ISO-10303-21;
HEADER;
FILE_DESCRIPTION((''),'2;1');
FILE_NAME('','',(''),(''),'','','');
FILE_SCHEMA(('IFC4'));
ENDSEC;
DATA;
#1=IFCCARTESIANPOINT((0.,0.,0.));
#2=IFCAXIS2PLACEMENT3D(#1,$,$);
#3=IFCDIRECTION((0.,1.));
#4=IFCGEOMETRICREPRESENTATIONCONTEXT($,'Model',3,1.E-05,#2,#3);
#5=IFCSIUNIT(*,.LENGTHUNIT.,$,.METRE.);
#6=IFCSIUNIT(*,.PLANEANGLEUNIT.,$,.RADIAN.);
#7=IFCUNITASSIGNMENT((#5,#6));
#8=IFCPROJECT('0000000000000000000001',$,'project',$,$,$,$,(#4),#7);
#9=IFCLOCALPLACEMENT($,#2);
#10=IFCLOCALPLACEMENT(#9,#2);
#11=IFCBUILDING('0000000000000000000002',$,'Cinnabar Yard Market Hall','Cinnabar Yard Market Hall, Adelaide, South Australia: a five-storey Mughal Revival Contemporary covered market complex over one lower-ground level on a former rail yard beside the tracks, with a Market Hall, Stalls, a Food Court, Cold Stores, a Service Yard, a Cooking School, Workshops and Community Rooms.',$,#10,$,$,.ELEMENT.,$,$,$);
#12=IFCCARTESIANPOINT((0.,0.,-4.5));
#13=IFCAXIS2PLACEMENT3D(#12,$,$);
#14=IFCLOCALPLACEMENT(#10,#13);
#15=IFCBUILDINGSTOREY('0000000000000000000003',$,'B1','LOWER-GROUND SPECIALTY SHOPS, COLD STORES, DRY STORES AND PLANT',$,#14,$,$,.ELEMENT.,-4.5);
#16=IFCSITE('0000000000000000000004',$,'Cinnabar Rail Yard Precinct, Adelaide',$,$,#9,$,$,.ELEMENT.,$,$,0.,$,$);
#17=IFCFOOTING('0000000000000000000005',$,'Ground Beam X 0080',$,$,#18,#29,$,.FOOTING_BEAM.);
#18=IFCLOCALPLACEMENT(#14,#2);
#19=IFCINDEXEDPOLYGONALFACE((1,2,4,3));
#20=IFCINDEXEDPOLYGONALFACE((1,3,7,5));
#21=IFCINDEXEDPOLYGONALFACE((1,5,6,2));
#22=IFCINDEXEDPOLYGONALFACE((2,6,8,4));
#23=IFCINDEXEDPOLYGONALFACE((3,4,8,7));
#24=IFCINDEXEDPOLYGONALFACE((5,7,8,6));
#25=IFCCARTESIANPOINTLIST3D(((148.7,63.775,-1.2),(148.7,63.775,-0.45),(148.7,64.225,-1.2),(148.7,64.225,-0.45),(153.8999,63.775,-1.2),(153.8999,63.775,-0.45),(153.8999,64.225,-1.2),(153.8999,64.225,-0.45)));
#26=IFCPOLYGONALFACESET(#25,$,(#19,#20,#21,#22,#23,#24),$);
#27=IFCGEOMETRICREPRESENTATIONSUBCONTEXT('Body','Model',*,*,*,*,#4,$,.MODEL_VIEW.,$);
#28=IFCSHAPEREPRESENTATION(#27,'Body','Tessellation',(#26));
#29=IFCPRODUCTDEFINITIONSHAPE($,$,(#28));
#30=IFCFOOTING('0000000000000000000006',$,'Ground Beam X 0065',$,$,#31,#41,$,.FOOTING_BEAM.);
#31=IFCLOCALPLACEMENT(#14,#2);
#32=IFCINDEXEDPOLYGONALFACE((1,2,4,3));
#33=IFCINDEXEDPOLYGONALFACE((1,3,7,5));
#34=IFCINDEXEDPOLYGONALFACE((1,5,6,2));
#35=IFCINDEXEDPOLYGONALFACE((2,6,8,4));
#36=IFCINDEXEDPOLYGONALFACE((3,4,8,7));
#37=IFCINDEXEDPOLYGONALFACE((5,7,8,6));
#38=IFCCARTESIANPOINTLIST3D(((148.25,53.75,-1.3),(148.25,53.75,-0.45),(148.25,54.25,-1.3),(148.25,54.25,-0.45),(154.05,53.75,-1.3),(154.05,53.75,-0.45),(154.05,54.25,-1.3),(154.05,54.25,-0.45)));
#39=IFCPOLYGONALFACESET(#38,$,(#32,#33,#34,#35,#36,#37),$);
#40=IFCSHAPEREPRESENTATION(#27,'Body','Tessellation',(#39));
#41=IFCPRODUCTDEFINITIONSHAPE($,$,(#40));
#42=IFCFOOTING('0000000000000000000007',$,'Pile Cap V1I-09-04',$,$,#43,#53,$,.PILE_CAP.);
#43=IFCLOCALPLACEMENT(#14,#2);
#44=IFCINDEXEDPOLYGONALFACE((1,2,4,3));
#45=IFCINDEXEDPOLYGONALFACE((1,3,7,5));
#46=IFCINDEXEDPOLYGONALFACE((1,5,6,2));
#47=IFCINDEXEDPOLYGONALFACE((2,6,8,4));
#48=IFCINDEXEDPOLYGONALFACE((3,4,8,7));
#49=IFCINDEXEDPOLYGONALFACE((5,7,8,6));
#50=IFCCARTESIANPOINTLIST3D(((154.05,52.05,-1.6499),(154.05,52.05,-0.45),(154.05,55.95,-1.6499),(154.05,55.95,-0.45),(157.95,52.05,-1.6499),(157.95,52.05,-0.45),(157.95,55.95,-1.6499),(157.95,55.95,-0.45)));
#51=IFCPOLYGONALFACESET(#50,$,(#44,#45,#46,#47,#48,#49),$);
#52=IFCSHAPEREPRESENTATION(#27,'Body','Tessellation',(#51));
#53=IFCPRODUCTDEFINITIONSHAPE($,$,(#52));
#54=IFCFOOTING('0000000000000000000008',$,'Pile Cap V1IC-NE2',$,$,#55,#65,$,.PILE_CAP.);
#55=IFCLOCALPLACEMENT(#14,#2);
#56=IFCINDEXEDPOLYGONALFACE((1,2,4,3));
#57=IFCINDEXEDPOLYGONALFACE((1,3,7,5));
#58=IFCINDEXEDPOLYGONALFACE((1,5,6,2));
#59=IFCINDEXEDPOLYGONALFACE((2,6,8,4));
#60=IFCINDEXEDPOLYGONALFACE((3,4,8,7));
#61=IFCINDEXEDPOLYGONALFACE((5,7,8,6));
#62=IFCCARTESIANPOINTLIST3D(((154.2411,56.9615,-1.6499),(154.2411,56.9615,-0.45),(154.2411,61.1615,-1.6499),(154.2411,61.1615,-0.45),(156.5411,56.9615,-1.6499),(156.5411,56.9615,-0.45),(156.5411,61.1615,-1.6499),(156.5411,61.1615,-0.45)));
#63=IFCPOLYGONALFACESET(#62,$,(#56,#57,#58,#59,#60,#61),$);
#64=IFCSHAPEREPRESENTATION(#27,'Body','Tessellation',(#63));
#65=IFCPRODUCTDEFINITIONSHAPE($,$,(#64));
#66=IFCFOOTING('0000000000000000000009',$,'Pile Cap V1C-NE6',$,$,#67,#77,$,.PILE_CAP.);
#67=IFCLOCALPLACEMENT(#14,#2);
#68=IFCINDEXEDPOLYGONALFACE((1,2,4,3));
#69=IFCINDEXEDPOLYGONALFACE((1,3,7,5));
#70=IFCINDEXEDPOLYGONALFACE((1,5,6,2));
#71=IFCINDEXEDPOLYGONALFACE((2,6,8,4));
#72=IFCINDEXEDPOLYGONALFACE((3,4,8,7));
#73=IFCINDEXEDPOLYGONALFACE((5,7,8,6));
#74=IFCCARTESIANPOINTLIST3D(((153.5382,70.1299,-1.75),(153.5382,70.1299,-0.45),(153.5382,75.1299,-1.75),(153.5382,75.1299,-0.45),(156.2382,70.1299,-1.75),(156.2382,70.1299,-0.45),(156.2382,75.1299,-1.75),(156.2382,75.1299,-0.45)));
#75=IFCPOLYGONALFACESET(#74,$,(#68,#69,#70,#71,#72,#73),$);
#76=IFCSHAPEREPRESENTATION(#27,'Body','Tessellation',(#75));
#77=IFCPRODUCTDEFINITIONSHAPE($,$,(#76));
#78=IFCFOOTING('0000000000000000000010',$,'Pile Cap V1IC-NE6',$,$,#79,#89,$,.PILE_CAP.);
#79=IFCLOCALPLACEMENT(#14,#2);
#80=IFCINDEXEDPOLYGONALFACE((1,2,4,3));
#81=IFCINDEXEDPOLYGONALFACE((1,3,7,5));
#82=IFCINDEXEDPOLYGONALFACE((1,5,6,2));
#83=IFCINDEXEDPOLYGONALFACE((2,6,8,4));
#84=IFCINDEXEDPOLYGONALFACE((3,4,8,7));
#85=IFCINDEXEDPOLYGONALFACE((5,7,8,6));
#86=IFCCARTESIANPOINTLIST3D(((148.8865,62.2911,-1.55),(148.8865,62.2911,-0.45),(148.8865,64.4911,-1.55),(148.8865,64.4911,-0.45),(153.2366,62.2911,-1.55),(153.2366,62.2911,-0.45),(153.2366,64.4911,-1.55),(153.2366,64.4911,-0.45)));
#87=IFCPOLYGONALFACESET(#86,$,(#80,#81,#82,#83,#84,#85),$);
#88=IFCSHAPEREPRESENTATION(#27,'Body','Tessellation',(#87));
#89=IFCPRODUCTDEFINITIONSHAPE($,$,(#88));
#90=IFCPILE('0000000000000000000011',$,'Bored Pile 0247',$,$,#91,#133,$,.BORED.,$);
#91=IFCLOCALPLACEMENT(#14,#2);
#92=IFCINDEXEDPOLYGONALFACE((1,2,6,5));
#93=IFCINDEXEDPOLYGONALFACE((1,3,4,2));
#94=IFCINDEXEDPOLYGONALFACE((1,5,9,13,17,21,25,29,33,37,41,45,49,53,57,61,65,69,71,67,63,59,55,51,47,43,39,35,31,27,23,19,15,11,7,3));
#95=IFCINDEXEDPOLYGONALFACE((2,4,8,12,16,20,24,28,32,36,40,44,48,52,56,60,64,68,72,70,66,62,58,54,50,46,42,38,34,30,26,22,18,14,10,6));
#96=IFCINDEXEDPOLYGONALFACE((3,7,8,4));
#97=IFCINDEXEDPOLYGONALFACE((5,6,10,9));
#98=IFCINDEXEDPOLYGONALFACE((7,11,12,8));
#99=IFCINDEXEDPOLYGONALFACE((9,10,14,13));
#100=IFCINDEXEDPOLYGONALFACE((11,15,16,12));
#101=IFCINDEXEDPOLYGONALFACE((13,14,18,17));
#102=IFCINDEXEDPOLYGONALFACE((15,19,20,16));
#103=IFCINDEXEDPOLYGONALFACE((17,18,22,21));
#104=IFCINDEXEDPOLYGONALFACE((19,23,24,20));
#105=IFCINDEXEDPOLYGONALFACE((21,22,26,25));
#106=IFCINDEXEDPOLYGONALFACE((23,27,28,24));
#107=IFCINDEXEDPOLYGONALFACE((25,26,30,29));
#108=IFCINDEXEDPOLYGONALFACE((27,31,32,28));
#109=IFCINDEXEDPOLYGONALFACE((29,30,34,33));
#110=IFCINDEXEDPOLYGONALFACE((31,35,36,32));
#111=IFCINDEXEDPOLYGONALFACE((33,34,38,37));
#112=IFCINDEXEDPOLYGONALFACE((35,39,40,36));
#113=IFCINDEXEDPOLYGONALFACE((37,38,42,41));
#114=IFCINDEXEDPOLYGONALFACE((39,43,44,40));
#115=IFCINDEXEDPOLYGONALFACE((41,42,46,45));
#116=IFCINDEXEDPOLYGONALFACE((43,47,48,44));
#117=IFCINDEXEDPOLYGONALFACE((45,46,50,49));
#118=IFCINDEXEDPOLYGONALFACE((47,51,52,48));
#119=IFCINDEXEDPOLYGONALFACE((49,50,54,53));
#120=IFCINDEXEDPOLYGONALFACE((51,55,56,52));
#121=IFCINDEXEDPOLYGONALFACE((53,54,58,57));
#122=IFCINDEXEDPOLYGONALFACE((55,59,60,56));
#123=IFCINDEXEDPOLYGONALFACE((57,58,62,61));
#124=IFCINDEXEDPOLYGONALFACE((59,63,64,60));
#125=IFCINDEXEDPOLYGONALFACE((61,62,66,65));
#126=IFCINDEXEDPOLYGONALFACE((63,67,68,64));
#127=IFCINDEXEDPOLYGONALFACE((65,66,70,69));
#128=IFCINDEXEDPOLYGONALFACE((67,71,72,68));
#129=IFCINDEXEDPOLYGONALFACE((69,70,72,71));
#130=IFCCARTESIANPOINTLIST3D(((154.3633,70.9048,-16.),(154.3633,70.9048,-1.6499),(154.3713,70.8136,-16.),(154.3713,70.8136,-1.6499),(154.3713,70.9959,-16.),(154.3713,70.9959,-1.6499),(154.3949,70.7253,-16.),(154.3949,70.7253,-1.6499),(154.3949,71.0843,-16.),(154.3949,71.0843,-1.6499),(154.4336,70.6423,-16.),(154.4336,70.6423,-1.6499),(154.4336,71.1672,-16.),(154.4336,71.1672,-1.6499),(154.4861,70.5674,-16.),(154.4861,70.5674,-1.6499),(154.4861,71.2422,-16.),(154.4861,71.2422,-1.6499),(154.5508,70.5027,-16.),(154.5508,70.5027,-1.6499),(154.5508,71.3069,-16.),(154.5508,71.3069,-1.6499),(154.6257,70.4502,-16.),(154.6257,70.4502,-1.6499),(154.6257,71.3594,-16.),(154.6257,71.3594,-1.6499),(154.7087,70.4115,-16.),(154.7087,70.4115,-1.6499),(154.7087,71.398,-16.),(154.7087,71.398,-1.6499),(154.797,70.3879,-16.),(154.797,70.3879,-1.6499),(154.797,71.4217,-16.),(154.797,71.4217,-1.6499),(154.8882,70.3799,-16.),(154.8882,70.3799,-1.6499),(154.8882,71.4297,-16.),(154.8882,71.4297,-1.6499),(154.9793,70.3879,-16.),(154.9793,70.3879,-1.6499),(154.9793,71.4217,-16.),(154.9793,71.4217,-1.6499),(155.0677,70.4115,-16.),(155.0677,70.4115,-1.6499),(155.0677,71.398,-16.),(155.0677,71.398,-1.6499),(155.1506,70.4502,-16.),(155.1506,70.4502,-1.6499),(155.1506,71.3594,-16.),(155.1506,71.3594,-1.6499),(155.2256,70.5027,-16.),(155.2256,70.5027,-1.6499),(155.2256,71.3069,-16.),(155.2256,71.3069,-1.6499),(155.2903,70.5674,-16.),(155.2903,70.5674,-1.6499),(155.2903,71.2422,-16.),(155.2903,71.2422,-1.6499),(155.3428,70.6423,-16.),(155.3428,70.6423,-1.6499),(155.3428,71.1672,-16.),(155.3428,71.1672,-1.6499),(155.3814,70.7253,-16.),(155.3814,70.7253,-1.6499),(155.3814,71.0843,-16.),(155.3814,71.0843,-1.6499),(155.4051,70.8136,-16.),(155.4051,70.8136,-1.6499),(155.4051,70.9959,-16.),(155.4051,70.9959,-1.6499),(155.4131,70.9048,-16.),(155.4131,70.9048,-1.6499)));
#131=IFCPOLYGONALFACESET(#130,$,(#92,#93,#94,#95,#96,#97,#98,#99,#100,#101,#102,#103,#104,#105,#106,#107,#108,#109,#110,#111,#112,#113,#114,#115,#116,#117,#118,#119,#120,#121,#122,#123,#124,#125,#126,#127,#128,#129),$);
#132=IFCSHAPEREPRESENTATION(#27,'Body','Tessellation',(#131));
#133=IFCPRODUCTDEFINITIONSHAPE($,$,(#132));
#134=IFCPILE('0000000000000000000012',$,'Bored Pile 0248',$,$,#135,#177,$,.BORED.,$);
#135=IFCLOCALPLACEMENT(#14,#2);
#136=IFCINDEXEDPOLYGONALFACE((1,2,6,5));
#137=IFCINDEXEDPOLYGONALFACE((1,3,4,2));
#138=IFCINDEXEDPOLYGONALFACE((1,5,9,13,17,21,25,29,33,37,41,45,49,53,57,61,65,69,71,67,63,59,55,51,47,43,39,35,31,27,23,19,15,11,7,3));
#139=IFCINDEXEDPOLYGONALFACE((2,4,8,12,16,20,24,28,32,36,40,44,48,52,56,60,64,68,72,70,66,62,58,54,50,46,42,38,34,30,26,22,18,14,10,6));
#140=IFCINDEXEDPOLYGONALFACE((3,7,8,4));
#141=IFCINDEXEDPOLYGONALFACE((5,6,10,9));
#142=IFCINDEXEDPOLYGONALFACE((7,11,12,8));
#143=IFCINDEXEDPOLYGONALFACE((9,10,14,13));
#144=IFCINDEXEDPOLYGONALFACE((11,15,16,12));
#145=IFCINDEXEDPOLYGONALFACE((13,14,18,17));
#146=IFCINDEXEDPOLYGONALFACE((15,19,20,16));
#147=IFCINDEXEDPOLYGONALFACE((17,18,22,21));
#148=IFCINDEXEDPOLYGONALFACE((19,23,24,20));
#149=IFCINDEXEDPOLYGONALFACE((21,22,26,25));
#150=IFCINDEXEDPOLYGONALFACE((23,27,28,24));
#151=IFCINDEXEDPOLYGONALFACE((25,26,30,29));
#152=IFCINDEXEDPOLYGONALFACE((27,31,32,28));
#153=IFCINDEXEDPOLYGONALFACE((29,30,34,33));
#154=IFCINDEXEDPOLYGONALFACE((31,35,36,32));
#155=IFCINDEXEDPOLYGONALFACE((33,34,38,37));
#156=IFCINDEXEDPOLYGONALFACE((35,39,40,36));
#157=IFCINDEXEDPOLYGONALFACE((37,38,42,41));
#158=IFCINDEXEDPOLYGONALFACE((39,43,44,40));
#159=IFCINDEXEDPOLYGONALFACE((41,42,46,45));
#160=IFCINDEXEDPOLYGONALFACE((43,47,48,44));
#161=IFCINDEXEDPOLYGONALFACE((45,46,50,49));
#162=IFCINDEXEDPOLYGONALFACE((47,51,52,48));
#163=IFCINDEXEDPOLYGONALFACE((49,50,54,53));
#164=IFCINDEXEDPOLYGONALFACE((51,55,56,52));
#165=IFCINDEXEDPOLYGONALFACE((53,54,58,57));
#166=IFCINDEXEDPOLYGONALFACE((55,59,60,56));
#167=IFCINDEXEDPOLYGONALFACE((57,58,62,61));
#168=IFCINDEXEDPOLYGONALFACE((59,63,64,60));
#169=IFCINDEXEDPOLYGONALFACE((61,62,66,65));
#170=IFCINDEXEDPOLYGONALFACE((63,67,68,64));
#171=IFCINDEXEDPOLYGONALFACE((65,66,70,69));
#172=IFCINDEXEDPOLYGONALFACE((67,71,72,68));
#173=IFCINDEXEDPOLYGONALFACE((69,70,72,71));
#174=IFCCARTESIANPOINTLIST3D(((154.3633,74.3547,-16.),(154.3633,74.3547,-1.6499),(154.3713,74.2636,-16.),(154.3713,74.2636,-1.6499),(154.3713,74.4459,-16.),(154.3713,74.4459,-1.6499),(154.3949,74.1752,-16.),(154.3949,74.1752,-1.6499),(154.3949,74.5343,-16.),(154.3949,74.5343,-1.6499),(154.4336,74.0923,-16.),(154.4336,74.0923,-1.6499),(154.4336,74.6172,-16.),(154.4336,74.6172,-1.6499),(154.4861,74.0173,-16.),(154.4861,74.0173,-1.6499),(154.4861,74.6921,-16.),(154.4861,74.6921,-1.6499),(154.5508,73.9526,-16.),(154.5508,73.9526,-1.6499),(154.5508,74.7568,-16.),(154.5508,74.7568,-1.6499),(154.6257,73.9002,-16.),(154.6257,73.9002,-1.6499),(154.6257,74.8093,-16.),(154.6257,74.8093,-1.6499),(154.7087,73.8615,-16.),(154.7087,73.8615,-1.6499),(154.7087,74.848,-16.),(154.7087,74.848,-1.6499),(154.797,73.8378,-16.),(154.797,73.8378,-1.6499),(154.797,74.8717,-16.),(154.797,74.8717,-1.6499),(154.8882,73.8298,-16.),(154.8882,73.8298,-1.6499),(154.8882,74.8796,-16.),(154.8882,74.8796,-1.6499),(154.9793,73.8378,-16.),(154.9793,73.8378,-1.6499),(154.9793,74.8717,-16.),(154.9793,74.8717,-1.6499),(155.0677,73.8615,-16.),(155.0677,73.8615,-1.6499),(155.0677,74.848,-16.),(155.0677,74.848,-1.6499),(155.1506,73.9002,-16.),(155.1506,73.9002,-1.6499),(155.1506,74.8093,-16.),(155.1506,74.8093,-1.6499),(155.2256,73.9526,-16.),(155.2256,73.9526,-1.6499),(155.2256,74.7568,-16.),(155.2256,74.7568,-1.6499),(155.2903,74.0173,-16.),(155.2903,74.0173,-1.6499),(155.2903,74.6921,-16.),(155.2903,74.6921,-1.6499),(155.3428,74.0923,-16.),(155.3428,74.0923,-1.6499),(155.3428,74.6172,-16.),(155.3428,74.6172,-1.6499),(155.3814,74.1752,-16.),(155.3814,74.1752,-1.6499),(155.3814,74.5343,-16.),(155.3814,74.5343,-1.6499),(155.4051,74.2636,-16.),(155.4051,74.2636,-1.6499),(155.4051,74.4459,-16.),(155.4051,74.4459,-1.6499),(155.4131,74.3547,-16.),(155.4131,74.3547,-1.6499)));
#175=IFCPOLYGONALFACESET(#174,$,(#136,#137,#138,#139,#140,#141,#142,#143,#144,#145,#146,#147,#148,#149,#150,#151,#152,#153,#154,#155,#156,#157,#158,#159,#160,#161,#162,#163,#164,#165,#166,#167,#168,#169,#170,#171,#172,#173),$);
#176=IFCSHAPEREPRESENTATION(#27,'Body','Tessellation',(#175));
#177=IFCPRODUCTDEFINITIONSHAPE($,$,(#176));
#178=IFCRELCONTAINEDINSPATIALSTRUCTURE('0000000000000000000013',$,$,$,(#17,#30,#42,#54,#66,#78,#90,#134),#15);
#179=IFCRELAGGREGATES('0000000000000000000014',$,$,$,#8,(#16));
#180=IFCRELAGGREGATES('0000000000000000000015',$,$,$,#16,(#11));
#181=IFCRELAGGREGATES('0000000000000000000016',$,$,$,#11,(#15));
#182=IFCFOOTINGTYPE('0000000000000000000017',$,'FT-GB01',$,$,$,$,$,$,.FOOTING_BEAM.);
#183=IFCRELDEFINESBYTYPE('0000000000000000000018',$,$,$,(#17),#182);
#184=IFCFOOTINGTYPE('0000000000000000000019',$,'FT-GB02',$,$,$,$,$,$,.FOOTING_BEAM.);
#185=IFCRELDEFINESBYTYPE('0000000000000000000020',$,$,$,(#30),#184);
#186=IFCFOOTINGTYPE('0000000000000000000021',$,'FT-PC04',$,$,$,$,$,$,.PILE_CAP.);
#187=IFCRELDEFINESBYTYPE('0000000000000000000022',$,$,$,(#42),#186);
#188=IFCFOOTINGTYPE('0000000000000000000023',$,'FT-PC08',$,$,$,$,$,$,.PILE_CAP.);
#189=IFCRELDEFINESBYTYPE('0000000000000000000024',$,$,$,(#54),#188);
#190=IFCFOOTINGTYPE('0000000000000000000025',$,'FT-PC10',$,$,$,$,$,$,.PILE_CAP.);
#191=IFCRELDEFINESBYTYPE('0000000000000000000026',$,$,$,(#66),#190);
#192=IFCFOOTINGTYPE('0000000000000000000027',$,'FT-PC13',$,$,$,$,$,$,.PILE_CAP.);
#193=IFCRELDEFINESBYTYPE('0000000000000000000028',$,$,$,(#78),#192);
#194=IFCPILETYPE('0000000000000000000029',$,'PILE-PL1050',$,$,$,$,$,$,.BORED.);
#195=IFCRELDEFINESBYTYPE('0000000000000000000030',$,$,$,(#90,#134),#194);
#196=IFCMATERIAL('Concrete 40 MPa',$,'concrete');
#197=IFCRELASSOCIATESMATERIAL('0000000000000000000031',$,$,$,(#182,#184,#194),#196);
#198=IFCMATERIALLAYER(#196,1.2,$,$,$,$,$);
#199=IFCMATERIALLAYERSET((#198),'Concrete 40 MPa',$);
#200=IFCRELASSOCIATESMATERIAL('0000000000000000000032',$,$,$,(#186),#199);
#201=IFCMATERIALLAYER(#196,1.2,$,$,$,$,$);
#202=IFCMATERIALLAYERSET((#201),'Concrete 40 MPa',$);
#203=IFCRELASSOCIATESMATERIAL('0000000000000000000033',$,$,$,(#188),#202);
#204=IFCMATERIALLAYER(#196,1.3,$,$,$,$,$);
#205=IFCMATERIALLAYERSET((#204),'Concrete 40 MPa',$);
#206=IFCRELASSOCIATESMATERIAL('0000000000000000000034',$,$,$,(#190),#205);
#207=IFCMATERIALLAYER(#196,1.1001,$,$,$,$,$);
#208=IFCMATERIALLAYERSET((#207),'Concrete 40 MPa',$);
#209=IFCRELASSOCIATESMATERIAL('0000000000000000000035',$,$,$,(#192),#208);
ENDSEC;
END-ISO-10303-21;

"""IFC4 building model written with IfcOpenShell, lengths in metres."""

from ifc_helpers import new_model, si_unit, direction, frame, origin, origin_2d_with_axis, place, context, subcontext, project, spatial, rectangle, circle, extrude, material, layer, layer_set, material_profile, profile_set, type_object, element, save


model = new_model("IFC4")

# Units and contexts
model_context = context("Model", 3, precision=1e-05, world=origin(), true_north=direction((0.0, 1.0)))
body_context = subcontext(model_context, "Body", "Model", "MODEL_VIEW")
ifc_project = project(units=[si_unit("LENGTHUNIT", "METRE"), si_unit("PLANEANGLEUNIT", "RADIAN")], contexts=[model_context])

# Site, building, storey
site_placement = place(None, origin())
site = spatial("IfcSite", under=ifc_project, at=site_placement, Name="Cinnabar Rail Yard Precinct, Adelaide", CompositionType="ELEMENT", RefElevation=0.0)
building_placement = place(site_placement, origin())
building = spatial("IfcBuilding", under=site, at=building_placement, Name="Cinnabar Yard Market Hall", Description="Cinnabar Yard Market Hall, Adelaide, South Australia: a five-storey Mughal Revival Contemporary covered market complex over one lower-ground level on a former rail yard beside the tracks, with a Market Hall, Stalls, a Food Court, Cold Stores, a Service Yard, a Cooking School, Workshops and Community Rooms.", CompositionType="ELEMENT")
storey_placement = place(building_placement, frame((0.0, 0.0, -4.5)))
storey = spatial("IfcBuildingStorey", under=building, at=storey_placement, Name="B1", Description="LOWER-GROUND SPECIALTY SHOPS, COLD STORES, DRY STORES AND PLANT", CompositionType="ELEMENT", Elevation=-4.5)

# Footings
ifc_material_1 = material(Name="Concrete 40 MPa", Category="concrete")
ifc_material_profile_1 = material_profile(ifc_material_1, rectangle(XDim=0.45, YDim=0.75, at=origin_2d_with_axis()), Name="GB-450x750")
ifc_profile_set_1 = profile_set([ifc_material_profile_1], Name="Concrete 40 MPa")
footing_type_1 = type_object("IfcFootingType", Name="FT-GB01", PredefinedType="FOOTING_BEAM", material=ifc_profile_set_1)
footing_1_placement = place(storey_placement, frame((148.7, 64.0, -0.825), z_axis=(1.0, 0.0, 0.0), x_axis=(0.0, 1.0, 0.0)))
element("IfcFooting", 1, at=footing_1_placement, inside=storey, type_object=footing_type_1, Name="Ground Beam X 0080", PredefinedType="FOOTING_BEAM", context=body_context, shape_type="SweptSolid", body=[
    extrude(rectangle(XDim=0.45, YDim=0.75, at=origin_2d_with_axis()), origin(), (0.0, 0.0, 1.0), 5.2),
])
ifc_material_profile_2 = material_profile(ifc_material_1, rectangle(XDim=0.5, YDim=0.8501, at=origin_2d_with_axis()), Name="GB-500x850")
ifc_profile_set_2 = profile_set([ifc_material_profile_2], Name="Concrete 40 MPa")
footing_type_2 = type_object("IfcFootingType", Name="FT-GB02", PredefinedType="FOOTING_BEAM", material=ifc_profile_set_2)
footing_2_placement = place(storey_placement, frame((148.25, 54.0, -0.875), z_axis=(1.0, 0.0, 0.0), x_axis=(0.0, 1.0, 0.0)))
element("IfcFooting", 2, at=footing_2_placement, inside=storey, type_object=footing_type_2, Name="Ground Beam X 0065", PredefinedType="FOOTING_BEAM", context=body_context, shape_type="SweptSolid", body=[
    extrude(rectangle(XDim=0.5, YDim=0.8501, at=origin_2d_with_axis()), origin(), (0.0, 0.0, 1.0), 5.8),
])
ifc_layer_1 = layer(ifc_material_1, 1.2)
ifc_layer_set_1 = layer_set([ifc_layer_1], Name="Concrete 40 MPa")
footing_type_3 = type_object("IfcFootingType", Name="FT-PC04", PredefinedType="PILE_CAP", material=ifc_layer_set_1)
footing_3_placement = place(storey_placement, frame((156.0, 54.0, -1.6499), z_axis=(0.0, 0.0, 1.0), x_axis=(1.0, 0.0, 0.0)))
element("IfcFooting", 3, at=footing_3_placement, inside=storey, type_object=footing_type_3, Name="Pile Cap V1I-09-04", PredefinedType="PILE_CAP", context=body_context, shape_type="SweptSolid", body=[
    extrude(rectangle(XDim=3.8999, YDim=3.8999, at=origin_2d_with_axis()), origin(), (0.0, 0.0, 1.0), 1.2),
])
ifc_layer_2 = layer(ifc_material_1, 1.2)
ifc_layer_set_2 = layer_set([ifc_layer_2], Name="Concrete 40 MPa")
footing_type_4 = type_object("IfcFootingType", Name="FT-PC08", PredefinedType="PILE_CAP", material=ifc_layer_set_2)
footing_4_placement = place(storey_placement, frame((155.3911, 59.0615, -1.6499), z_axis=(0.0, 0.0, 1.0), x_axis=(1.0, 0.0, 0.0)))
element("IfcFooting", 4, at=footing_4_placement, inside=storey, type_object=footing_type_4, Name="Pile Cap V1IC-NE2", PredefinedType="PILE_CAP", context=body_context, shape_type="SweptSolid", body=[
    extrude(rectangle(XDim=2.3, YDim=4.2, at=origin_2d_with_axis()), origin(), (0.0, 0.0, 1.0), 1.2),
])
ifc_layer_3 = layer(ifc_material_1, 1.3)
ifc_layer_set_3 = layer_set([ifc_layer_3], Name="Concrete 40 MPa")
footing_type_5 = type_object("IfcFootingType", Name="FT-PC10", PredefinedType="PILE_CAP", material=ifc_layer_set_3)
footing_5_placement = place(storey_placement, frame((154.8882, 72.6299, -1.75), z_axis=(0.0, 0.0, 1.0), x_axis=(1.0, 0.0, 0.0)))
element("IfcFooting", 5, at=footing_5_placement, inside=storey, type_object=footing_type_5, Name="Pile Cap V1C-NE6", PredefinedType="PILE_CAP", context=body_context, shape_type="SweptSolid", body=[
    extrude(rectangle(XDim=2.7, YDim=5.0, at=origin_2d_with_axis()), origin(), (0.0, 0.0, 1.0), 1.3),
])
ifc_layer_4 = layer(ifc_material_1, 1.1001)
ifc_layer_set_4 = layer_set([ifc_layer_4], Name="Concrete 40 MPa")
footing_type_6 = type_object("IfcFootingType", Name="FT-PC13", PredefinedType="PILE_CAP", material=ifc_layer_set_4)
footing_6_placement = place(storey_placement, frame((151.0615, 63.3911, -1.55), z_axis=(0.0, 0.0, 1.0), x_axis=(1.0, 0.0, 0.0)))
element("IfcFooting", 6, at=footing_6_placement, inside=storey, type_object=footing_type_6, Name="Pile Cap V1IC-NE6", PredefinedType="PILE_CAP", context=body_context, shape_type="SweptSolid", body=[
    extrude(rectangle(XDim=4.3501, YDim=2.2, at=origin_2d_with_axis()), origin(), (0.0, 0.0, 1.0), 1.1001),
])

# Piles
ifc_material_profile_3 = material_profile(ifc_material_1, circle(Radius=0.5249, at=origin_2d_with_axis()), Name="PILE-D1050")
ifc_profile_set_3 = profile_set([ifc_material_profile_3], Name="Concrete 40 MPa")
pile_type_1 = type_object("IfcPileType", Name="PILE-PL1050", PredefinedType="BORED", material=ifc_profile_set_3)
for number, where, z_axis, x_axis, name in (
    (7, (154.8882, 70.9048, -1.6499), (0.0, 0.0, -1.0), (1.0, 0.0, 0.0), "Bored Pile 0247"),
    (8, (154.8882, 74.3547, -1.6499), (0.0, 0.0, -1.0), (1.0, 0.0, 0.0), "Bored Pile 0248"),
):
    element("IfcPile", number, at=place(storey_placement, frame(where, z_axis=z_axis, x_axis=x_axis)), inside=storey, type_object=pile_type_1, Name=name, PredefinedType="BORED", context=body_context, shape_type="SweptSolid", body=[
        extrude(circle(Radius=0.5249, at=origin_2d_with_axis()), origin(), (0.0, 0.0, 1.0), 14.3501),
    ])

save(model, "model.ifc")
